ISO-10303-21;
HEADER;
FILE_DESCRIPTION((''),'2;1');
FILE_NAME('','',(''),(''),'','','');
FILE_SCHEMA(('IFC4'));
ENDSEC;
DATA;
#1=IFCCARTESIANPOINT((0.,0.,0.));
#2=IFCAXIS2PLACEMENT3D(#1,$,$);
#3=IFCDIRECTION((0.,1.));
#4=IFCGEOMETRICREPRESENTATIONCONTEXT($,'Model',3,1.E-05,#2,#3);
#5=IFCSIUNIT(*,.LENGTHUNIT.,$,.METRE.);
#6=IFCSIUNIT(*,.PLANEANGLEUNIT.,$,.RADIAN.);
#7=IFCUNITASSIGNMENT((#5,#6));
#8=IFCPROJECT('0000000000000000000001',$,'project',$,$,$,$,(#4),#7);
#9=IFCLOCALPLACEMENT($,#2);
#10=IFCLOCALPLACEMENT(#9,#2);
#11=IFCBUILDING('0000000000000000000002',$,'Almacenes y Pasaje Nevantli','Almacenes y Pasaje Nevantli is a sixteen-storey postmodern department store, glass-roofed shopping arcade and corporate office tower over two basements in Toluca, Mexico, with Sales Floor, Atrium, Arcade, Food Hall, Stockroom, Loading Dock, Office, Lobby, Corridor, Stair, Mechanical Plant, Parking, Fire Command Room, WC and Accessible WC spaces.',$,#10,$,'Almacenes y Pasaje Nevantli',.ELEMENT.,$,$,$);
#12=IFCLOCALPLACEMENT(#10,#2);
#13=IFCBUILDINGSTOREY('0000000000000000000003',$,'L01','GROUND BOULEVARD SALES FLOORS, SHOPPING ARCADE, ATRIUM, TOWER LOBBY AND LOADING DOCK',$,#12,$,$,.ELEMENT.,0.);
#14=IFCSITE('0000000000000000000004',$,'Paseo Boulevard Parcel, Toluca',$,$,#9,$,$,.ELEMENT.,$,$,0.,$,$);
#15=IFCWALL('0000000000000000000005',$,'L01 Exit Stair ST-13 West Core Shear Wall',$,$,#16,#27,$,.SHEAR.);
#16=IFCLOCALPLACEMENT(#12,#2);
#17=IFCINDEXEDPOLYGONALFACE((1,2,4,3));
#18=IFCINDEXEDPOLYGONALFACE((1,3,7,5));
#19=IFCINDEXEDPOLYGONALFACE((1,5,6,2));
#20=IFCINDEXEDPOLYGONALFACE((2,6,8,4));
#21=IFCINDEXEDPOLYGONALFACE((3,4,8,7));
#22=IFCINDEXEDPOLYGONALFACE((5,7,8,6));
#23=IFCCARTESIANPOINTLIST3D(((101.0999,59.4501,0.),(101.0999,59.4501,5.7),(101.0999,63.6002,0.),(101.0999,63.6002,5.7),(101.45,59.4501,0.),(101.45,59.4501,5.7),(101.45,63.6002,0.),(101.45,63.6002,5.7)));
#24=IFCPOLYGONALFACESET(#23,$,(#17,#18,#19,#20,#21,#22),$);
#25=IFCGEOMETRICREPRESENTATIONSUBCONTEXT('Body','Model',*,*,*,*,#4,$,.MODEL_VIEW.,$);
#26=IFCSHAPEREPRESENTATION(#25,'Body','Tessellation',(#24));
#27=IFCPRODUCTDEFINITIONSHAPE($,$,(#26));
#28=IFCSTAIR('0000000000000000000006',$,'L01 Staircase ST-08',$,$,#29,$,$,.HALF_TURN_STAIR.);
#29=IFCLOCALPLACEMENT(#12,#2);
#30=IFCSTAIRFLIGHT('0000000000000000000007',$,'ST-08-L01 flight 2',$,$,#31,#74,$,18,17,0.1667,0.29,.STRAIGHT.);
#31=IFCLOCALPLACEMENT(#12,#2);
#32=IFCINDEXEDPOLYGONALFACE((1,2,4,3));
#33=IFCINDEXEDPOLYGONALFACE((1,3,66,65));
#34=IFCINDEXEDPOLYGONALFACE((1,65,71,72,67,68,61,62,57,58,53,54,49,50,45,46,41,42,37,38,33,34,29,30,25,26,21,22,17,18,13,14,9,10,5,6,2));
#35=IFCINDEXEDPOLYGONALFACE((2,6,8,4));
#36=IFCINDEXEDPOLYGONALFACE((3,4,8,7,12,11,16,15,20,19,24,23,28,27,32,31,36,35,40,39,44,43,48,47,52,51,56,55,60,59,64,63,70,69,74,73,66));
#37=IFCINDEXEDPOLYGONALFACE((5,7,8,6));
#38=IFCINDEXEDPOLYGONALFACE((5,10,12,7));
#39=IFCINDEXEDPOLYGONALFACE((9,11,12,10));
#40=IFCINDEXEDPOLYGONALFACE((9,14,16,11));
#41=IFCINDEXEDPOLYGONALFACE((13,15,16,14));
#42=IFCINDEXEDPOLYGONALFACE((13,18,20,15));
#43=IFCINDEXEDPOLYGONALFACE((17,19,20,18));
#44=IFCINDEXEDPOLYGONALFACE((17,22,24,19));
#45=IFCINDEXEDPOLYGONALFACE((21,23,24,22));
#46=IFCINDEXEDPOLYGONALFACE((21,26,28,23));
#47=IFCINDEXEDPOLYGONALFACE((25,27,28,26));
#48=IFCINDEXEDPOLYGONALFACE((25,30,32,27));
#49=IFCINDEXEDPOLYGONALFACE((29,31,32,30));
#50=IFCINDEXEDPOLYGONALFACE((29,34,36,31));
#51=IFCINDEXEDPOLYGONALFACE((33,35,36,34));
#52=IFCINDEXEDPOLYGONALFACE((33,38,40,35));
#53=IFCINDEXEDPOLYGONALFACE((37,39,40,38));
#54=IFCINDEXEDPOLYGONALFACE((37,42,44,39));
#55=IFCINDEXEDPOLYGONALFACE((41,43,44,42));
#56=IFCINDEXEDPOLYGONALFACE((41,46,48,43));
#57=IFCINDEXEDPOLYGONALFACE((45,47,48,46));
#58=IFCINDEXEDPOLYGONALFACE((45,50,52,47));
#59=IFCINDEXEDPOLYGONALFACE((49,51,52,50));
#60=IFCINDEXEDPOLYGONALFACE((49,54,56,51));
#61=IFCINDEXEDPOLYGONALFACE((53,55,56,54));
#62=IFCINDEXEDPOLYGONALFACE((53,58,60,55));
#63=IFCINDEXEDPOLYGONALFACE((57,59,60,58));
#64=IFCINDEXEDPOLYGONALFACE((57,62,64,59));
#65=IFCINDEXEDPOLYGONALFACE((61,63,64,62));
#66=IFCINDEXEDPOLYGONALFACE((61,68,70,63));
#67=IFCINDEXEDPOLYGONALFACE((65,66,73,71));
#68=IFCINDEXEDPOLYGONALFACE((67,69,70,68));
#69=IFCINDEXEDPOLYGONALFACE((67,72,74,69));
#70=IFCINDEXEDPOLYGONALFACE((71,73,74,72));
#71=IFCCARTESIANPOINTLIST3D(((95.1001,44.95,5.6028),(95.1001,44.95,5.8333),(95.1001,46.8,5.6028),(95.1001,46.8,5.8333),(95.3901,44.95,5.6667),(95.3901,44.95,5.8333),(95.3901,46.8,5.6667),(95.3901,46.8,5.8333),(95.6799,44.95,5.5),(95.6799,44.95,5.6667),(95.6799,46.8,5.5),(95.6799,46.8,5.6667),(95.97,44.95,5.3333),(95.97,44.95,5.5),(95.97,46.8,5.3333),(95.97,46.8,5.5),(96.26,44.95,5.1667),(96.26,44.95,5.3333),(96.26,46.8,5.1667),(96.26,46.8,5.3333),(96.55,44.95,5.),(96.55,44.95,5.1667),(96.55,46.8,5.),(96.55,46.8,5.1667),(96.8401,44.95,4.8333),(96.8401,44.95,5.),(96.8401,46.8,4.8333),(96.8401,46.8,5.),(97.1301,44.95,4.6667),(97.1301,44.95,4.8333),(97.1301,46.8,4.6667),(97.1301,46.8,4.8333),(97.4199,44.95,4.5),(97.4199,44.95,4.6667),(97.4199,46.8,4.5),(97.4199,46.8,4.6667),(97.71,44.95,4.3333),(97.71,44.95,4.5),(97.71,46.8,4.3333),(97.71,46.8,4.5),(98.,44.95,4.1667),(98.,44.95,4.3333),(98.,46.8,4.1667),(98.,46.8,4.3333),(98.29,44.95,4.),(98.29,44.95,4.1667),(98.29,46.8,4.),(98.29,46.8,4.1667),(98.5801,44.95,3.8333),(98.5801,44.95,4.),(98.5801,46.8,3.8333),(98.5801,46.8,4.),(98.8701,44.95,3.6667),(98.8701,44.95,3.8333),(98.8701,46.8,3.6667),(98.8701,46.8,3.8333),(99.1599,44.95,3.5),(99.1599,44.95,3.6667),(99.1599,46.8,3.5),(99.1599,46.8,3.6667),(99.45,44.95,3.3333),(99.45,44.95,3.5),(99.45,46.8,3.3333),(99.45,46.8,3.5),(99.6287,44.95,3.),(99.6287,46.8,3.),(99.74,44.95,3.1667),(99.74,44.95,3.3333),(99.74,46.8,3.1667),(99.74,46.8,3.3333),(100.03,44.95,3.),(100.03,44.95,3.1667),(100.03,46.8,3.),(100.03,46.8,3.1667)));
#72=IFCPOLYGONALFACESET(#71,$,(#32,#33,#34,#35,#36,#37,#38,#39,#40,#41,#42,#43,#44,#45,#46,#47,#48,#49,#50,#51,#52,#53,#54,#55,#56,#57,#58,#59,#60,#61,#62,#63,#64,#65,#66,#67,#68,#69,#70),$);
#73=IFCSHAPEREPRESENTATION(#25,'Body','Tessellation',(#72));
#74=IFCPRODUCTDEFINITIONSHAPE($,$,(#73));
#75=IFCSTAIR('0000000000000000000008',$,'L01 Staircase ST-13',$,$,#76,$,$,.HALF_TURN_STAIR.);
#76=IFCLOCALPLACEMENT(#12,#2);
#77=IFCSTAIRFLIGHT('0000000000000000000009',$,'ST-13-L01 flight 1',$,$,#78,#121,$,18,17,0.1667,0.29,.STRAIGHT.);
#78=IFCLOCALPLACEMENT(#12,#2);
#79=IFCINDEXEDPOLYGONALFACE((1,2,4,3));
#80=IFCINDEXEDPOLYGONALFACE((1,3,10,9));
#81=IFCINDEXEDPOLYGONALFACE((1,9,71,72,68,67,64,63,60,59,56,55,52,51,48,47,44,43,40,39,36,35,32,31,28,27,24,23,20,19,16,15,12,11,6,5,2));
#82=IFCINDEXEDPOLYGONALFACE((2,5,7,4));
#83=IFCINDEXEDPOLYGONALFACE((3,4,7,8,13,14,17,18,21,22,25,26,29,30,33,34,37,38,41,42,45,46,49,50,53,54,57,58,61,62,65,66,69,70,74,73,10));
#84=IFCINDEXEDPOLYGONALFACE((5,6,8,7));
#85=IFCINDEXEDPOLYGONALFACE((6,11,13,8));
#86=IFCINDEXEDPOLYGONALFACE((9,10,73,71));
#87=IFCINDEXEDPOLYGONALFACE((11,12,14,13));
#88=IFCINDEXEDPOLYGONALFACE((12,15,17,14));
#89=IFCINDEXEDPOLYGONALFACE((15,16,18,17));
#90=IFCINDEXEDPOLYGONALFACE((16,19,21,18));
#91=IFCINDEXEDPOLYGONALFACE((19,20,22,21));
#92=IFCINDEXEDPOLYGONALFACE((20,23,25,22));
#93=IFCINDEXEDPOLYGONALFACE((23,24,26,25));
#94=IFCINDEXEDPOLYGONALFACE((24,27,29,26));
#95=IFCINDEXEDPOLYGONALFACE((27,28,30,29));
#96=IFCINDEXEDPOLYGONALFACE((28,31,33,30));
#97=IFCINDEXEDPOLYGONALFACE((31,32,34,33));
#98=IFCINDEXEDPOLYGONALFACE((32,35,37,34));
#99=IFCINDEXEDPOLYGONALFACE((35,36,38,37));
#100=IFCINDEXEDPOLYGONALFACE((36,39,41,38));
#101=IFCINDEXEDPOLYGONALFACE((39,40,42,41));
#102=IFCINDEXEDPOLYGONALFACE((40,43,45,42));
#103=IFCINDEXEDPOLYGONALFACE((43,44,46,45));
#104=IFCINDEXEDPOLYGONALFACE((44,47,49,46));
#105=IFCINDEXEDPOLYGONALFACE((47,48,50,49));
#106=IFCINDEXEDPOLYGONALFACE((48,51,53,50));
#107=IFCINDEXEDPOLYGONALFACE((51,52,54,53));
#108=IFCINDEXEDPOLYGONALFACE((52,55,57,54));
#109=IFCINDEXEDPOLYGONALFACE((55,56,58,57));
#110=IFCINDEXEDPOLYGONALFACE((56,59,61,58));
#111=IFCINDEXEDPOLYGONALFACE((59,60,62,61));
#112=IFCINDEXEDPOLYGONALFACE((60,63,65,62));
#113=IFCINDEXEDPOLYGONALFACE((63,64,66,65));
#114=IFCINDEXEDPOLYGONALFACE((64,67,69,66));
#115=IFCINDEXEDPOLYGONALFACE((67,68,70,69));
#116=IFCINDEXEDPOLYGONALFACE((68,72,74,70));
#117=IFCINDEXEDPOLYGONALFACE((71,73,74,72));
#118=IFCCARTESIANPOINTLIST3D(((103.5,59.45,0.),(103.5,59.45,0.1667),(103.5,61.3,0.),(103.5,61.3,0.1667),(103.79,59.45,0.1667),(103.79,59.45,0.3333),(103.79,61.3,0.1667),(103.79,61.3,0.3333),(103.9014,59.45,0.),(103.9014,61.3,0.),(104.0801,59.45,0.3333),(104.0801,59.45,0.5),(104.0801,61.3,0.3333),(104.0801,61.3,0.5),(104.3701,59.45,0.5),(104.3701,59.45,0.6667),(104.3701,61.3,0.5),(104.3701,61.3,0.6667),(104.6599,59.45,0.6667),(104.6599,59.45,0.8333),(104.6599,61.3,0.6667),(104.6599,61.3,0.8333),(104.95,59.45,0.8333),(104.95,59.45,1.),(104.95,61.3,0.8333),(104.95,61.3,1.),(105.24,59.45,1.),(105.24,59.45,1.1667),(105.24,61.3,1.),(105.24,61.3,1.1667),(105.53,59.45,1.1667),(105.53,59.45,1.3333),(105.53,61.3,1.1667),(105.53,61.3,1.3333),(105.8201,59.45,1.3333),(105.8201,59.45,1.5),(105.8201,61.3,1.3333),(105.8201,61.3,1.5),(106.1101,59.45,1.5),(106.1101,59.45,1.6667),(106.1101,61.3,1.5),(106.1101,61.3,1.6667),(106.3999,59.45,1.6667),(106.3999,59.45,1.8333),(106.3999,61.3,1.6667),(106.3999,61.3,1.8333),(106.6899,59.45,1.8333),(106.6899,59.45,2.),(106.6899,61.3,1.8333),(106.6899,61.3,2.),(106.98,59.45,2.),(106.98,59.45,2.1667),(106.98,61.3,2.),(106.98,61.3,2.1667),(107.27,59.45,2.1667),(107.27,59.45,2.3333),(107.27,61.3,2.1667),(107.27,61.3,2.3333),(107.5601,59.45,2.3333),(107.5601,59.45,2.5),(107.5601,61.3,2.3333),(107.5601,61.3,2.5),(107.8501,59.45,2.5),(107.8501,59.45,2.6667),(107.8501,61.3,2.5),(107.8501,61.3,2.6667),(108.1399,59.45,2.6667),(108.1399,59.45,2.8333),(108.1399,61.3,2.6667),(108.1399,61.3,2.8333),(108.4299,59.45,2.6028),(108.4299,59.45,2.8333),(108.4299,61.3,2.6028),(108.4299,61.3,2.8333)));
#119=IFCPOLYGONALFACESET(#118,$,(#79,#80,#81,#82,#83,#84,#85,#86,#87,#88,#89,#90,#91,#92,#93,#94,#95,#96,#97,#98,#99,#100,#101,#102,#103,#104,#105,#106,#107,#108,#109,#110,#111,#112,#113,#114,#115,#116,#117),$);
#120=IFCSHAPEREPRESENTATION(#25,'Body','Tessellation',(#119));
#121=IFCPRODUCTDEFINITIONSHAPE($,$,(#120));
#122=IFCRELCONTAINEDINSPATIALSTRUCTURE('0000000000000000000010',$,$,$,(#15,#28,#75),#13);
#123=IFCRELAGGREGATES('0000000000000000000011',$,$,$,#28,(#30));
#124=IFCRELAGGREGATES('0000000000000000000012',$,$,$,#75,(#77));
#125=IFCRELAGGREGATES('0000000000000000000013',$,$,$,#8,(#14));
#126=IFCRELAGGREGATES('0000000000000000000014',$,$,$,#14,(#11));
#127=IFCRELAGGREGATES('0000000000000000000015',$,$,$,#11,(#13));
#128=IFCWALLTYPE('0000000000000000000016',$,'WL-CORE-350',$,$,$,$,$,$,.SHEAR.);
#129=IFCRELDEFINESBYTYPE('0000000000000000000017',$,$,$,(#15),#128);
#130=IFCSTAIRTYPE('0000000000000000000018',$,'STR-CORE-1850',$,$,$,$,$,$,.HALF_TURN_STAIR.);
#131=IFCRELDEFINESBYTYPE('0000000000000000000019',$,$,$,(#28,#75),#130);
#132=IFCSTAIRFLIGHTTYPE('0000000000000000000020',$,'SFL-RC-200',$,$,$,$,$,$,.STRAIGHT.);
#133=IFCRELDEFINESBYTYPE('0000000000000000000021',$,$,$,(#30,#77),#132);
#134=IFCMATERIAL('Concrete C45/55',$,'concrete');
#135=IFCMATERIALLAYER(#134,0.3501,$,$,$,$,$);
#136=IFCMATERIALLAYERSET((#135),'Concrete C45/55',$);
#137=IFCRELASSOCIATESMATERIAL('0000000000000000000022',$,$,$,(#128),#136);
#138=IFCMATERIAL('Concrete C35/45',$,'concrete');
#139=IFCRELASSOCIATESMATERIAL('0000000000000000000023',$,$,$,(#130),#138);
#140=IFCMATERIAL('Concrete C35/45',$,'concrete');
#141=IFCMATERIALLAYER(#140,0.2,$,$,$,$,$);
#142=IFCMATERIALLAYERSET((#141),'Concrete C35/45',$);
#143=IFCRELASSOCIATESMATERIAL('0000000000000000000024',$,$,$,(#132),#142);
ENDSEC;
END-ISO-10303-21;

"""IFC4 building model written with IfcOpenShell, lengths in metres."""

from ifc_helpers import new_model, si_unit, direction, frame, frame_2d, origin, place, context, subcontext, project, spatial, polyline, rectangle, outline, extrude, material, layer, layer_set, type_object, element, aggregate, save


model = new_model("IFC4")

# Units and contexts
model_context = context("Model", 3, precision=1e-05, world=origin(), true_north=direction((0.0, 1.0)))
body_context = subcontext(model_context, "Body", "Model", "MODEL_VIEW")
ifc_project = project(units=[si_unit("LENGTHUNIT", "METRE"), si_unit("PLANEANGLEUNIT", "RADIAN")], contexts=[model_context])

# Site, building, storey
site_placement = place(None, origin())
site = spatial("IfcSite", under=ifc_project, at=site_placement, Name="Paseo Boulevard Parcel, Toluca", CompositionType="ELEMENT", RefElevation=0.0)
building_placement = place(site_placement, origin())
building = spatial("IfcBuilding", under=site, at=building_placement, Name="Almacenes y Pasaje Nevantli", Description="Almacenes y Pasaje Nevantli is a sixteen-storey postmodern department store, glass-roofed shopping arcade and corporate office tower over two basements in Toluca, Mexico, with Sales Floor, Atrium, Arcade, Food Hall, Stockroom, Loading Dock, Office, Lobby, Corridor, Stair, Mechanical Plant, Parking, Fire Command Room, WC and Accessible WC spaces.", LongName="Almacenes y Pasaje Nevantli", CompositionType="ELEMENT")
storey_placement = place(building_placement, origin())
storey = spatial("IfcBuildingStorey", under=building, at=storey_placement, Name="L01", Description="GROUND BOULEVARD SALES FLOORS, SHOPPING ARCADE, ATRIUM, TOWER LOBBY AND LOADING DOCK", CompositionType="ELEMENT", Elevation=0.0)

# Shared definitions
ifc_material_1 = material(Name="Concrete C45/55", Category="concrete")
ifc_layer_1 = layer(ifc_material_1, 0.3501)
ifc_layer_set_1 = layer_set([ifc_layer_1], Name="Concrete C45/55")
wall_type = type_object("IfcWallType", Name="WL-CORE-350", PredefinedType="SHEAR", material=ifc_layer_set_1)

# Wall
wall_1_placement = place(storey_placement, frame((101.2749, 59.45, 0.0), z_axis=(0.0, 0.0, 1.0), x_axis=(0.0, 1.0, 0.0)))
element("IfcWall", 1, at=wall_1_placement, inside=storey, type_object=wall_type, Name="L01 Exit Stair ST-13 West Core Shear Wall", PredefinedType="SHEAR", context=body_context, shape_type="SweptSolid", body=[
    extrude(rectangle(XDim=4.1501, YDim=0.3501, at=frame_2d((2.0752, 0.0))), origin(), (0.0, 0.0, 1.0), 5.7),
])

# Stairs, stair flights
ifc_material_2 = material(Name="Concrete C35/45", Category="concrete")
stair_type = type_object("IfcStairType", Name="STR-CORE-1850", PredefinedType="HALF_TURN_STAIR", material=ifc_material_2)
stair_1_placement = place(storey_placement, origin())
stair_1 = element("IfcStair", 2, at=stair_1_placement, inside=storey, type_object=stair_type, Name="L01 Staircase ST-08", PredefinedType="HALF_TURN_STAIR")
ifc_material_3 = material(Name="Concrete C35/45", Category="concrete")
ifc_layer_2 = layer(ifc_material_3, 0.2)
ifc_layer_set_2 = layer_set([ifc_layer_2], Name="Concrete C35/45")
stair_flight_type = type_object("IfcStairFlightType", Name="SFL-RC-200", PredefinedType="STRAIGHT", material=ifc_layer_set_2)
stair_flight_1_placement = place(storey_placement, frame((100.03, 45.875, 3.0), z_axis=(0.0, 0.0, 1.0), x_axis=(-1.0, 0.0, 0.0)))
stair_flight_1 = element("IfcStairFlight", 3, at=stair_flight_1_placement, type_object=stair_flight_type, Name="ST-08-L01 flight 2", NumberOfRisers=18, NumberOfTreads=17, PredefinedType="STRAIGHT", RiserHeight=0.1667, TreadLength=0.29, context=body_context, shape_type="SweptSolid", body=[
    extrude(outline(polyline([(0.0, 0.0), (0.0, 0.1667), (0.29, 0.1667), (0.29, 0.3333), (0.5801, 0.3333), (0.5801, 0.5), (0.8701, 0.5), (0.8701, 0.6667), (1.1599, 0.6667), (1.1599, 0.8333), (1.45, 0.8333), (1.45, 1.0), (1.74, 1.0), (1.74, 1.1667), (2.03, 1.1667), (2.03, 1.3333), (2.3201, 1.3333), (2.3201, 1.5), (2.6101, 1.5), (2.6101, 1.6667), (2.8999, 1.6667), (2.8999, 1.8333), (3.1899, 1.8333), (3.1899, 2.0), (3.48, 2.0), (3.48, 2.1667), (3.77, 2.1667), (3.77, 2.3333), (4.0601, 2.3333), (4.0601, 2.5), (4.3501, 2.5), (4.3501, 2.6667), (4.6399, 2.6667), (4.6399, 2.8333), (4.9299, 2.8333), (4.9299, 3.0), (4.9299, 2.6028), (0.4014, 0.0), (0.0, 0.0)])), frame((0.0, 0.925, 0.0), z_axis=(0.0, -1.0, 0.0), x_axis=(1.0, 0.0, 0.0)), (0.0, 0.0, 1.0), 1.8501),
])
aggregate(stair_1, [stair_flight_1])
stair_2_placement = place(storey_placement, origin())
stair_2 = element("IfcStair", 4, at=stair_2_placement, inside=storey, type_object=stair_type, Name="L01 Staircase ST-13", PredefinedType="HALF_TURN_STAIR")
stair_flight_2_placement = place(storey_placement, frame((103.5, 60.375, 0.0), z_axis=(0.0, 0.0, 1.0), x_axis=(1.0, 0.0, 0.0)))
stair_flight_2 = element("IfcStairFlight", 5, at=stair_flight_2_placement, type_object=stair_flight_type, Name="ST-13-L01 flight 1", NumberOfRisers=18, NumberOfTreads=17, PredefinedType="STRAIGHT", RiserHeight=0.1667, TreadLength=0.29, context=body_context, shape_type="SweptSolid", body=[
    extrude(outline(polyline([(0.0, 0.0), (0.0, 0.1667), (0.29, 0.1667), (0.29, 0.3333), (0.5801, 0.3333), (0.5801, 0.5), (0.8701, 0.5), (0.8701, 0.6667), (1.1599, 0.6667), (1.1599, 0.8333), (1.45, 0.8333), (1.45, 1.0), (1.74, 1.0), (1.74, 1.1667), (2.03, 1.1667), (2.03, 1.3333), (2.3201, 1.3333), (2.3201, 1.5), (2.6101, 1.5), (2.6101, 1.6667), (2.8999, 1.6667), (2.8999, 1.8333), (3.1899, 1.8333), (3.1899, 2.0), (3.48, 2.0), (3.48, 2.1667), (3.77, 2.1667), (3.77, 2.3333), (4.0601, 2.3333), (4.0601, 2.5), (4.3501, 2.5), (4.3501, 2.6667), (4.6399, 2.6667), (4.6399, 2.8333), (4.9299, 2.8333), (4.9299, 3.0), (4.9299, 2.6028), (0.4014, 0.0), (0.0, 0.0)])), frame((0.0, 0.925, 0.0), z_axis=(0.0, -1.0, 0.0), x_axis=(1.0, 0.0, 0.0)), (0.0, 0.0, 1.0), 1.8501),
])
aggregate(stair_2, [stair_flight_2])

save(model, "model.ifc")
